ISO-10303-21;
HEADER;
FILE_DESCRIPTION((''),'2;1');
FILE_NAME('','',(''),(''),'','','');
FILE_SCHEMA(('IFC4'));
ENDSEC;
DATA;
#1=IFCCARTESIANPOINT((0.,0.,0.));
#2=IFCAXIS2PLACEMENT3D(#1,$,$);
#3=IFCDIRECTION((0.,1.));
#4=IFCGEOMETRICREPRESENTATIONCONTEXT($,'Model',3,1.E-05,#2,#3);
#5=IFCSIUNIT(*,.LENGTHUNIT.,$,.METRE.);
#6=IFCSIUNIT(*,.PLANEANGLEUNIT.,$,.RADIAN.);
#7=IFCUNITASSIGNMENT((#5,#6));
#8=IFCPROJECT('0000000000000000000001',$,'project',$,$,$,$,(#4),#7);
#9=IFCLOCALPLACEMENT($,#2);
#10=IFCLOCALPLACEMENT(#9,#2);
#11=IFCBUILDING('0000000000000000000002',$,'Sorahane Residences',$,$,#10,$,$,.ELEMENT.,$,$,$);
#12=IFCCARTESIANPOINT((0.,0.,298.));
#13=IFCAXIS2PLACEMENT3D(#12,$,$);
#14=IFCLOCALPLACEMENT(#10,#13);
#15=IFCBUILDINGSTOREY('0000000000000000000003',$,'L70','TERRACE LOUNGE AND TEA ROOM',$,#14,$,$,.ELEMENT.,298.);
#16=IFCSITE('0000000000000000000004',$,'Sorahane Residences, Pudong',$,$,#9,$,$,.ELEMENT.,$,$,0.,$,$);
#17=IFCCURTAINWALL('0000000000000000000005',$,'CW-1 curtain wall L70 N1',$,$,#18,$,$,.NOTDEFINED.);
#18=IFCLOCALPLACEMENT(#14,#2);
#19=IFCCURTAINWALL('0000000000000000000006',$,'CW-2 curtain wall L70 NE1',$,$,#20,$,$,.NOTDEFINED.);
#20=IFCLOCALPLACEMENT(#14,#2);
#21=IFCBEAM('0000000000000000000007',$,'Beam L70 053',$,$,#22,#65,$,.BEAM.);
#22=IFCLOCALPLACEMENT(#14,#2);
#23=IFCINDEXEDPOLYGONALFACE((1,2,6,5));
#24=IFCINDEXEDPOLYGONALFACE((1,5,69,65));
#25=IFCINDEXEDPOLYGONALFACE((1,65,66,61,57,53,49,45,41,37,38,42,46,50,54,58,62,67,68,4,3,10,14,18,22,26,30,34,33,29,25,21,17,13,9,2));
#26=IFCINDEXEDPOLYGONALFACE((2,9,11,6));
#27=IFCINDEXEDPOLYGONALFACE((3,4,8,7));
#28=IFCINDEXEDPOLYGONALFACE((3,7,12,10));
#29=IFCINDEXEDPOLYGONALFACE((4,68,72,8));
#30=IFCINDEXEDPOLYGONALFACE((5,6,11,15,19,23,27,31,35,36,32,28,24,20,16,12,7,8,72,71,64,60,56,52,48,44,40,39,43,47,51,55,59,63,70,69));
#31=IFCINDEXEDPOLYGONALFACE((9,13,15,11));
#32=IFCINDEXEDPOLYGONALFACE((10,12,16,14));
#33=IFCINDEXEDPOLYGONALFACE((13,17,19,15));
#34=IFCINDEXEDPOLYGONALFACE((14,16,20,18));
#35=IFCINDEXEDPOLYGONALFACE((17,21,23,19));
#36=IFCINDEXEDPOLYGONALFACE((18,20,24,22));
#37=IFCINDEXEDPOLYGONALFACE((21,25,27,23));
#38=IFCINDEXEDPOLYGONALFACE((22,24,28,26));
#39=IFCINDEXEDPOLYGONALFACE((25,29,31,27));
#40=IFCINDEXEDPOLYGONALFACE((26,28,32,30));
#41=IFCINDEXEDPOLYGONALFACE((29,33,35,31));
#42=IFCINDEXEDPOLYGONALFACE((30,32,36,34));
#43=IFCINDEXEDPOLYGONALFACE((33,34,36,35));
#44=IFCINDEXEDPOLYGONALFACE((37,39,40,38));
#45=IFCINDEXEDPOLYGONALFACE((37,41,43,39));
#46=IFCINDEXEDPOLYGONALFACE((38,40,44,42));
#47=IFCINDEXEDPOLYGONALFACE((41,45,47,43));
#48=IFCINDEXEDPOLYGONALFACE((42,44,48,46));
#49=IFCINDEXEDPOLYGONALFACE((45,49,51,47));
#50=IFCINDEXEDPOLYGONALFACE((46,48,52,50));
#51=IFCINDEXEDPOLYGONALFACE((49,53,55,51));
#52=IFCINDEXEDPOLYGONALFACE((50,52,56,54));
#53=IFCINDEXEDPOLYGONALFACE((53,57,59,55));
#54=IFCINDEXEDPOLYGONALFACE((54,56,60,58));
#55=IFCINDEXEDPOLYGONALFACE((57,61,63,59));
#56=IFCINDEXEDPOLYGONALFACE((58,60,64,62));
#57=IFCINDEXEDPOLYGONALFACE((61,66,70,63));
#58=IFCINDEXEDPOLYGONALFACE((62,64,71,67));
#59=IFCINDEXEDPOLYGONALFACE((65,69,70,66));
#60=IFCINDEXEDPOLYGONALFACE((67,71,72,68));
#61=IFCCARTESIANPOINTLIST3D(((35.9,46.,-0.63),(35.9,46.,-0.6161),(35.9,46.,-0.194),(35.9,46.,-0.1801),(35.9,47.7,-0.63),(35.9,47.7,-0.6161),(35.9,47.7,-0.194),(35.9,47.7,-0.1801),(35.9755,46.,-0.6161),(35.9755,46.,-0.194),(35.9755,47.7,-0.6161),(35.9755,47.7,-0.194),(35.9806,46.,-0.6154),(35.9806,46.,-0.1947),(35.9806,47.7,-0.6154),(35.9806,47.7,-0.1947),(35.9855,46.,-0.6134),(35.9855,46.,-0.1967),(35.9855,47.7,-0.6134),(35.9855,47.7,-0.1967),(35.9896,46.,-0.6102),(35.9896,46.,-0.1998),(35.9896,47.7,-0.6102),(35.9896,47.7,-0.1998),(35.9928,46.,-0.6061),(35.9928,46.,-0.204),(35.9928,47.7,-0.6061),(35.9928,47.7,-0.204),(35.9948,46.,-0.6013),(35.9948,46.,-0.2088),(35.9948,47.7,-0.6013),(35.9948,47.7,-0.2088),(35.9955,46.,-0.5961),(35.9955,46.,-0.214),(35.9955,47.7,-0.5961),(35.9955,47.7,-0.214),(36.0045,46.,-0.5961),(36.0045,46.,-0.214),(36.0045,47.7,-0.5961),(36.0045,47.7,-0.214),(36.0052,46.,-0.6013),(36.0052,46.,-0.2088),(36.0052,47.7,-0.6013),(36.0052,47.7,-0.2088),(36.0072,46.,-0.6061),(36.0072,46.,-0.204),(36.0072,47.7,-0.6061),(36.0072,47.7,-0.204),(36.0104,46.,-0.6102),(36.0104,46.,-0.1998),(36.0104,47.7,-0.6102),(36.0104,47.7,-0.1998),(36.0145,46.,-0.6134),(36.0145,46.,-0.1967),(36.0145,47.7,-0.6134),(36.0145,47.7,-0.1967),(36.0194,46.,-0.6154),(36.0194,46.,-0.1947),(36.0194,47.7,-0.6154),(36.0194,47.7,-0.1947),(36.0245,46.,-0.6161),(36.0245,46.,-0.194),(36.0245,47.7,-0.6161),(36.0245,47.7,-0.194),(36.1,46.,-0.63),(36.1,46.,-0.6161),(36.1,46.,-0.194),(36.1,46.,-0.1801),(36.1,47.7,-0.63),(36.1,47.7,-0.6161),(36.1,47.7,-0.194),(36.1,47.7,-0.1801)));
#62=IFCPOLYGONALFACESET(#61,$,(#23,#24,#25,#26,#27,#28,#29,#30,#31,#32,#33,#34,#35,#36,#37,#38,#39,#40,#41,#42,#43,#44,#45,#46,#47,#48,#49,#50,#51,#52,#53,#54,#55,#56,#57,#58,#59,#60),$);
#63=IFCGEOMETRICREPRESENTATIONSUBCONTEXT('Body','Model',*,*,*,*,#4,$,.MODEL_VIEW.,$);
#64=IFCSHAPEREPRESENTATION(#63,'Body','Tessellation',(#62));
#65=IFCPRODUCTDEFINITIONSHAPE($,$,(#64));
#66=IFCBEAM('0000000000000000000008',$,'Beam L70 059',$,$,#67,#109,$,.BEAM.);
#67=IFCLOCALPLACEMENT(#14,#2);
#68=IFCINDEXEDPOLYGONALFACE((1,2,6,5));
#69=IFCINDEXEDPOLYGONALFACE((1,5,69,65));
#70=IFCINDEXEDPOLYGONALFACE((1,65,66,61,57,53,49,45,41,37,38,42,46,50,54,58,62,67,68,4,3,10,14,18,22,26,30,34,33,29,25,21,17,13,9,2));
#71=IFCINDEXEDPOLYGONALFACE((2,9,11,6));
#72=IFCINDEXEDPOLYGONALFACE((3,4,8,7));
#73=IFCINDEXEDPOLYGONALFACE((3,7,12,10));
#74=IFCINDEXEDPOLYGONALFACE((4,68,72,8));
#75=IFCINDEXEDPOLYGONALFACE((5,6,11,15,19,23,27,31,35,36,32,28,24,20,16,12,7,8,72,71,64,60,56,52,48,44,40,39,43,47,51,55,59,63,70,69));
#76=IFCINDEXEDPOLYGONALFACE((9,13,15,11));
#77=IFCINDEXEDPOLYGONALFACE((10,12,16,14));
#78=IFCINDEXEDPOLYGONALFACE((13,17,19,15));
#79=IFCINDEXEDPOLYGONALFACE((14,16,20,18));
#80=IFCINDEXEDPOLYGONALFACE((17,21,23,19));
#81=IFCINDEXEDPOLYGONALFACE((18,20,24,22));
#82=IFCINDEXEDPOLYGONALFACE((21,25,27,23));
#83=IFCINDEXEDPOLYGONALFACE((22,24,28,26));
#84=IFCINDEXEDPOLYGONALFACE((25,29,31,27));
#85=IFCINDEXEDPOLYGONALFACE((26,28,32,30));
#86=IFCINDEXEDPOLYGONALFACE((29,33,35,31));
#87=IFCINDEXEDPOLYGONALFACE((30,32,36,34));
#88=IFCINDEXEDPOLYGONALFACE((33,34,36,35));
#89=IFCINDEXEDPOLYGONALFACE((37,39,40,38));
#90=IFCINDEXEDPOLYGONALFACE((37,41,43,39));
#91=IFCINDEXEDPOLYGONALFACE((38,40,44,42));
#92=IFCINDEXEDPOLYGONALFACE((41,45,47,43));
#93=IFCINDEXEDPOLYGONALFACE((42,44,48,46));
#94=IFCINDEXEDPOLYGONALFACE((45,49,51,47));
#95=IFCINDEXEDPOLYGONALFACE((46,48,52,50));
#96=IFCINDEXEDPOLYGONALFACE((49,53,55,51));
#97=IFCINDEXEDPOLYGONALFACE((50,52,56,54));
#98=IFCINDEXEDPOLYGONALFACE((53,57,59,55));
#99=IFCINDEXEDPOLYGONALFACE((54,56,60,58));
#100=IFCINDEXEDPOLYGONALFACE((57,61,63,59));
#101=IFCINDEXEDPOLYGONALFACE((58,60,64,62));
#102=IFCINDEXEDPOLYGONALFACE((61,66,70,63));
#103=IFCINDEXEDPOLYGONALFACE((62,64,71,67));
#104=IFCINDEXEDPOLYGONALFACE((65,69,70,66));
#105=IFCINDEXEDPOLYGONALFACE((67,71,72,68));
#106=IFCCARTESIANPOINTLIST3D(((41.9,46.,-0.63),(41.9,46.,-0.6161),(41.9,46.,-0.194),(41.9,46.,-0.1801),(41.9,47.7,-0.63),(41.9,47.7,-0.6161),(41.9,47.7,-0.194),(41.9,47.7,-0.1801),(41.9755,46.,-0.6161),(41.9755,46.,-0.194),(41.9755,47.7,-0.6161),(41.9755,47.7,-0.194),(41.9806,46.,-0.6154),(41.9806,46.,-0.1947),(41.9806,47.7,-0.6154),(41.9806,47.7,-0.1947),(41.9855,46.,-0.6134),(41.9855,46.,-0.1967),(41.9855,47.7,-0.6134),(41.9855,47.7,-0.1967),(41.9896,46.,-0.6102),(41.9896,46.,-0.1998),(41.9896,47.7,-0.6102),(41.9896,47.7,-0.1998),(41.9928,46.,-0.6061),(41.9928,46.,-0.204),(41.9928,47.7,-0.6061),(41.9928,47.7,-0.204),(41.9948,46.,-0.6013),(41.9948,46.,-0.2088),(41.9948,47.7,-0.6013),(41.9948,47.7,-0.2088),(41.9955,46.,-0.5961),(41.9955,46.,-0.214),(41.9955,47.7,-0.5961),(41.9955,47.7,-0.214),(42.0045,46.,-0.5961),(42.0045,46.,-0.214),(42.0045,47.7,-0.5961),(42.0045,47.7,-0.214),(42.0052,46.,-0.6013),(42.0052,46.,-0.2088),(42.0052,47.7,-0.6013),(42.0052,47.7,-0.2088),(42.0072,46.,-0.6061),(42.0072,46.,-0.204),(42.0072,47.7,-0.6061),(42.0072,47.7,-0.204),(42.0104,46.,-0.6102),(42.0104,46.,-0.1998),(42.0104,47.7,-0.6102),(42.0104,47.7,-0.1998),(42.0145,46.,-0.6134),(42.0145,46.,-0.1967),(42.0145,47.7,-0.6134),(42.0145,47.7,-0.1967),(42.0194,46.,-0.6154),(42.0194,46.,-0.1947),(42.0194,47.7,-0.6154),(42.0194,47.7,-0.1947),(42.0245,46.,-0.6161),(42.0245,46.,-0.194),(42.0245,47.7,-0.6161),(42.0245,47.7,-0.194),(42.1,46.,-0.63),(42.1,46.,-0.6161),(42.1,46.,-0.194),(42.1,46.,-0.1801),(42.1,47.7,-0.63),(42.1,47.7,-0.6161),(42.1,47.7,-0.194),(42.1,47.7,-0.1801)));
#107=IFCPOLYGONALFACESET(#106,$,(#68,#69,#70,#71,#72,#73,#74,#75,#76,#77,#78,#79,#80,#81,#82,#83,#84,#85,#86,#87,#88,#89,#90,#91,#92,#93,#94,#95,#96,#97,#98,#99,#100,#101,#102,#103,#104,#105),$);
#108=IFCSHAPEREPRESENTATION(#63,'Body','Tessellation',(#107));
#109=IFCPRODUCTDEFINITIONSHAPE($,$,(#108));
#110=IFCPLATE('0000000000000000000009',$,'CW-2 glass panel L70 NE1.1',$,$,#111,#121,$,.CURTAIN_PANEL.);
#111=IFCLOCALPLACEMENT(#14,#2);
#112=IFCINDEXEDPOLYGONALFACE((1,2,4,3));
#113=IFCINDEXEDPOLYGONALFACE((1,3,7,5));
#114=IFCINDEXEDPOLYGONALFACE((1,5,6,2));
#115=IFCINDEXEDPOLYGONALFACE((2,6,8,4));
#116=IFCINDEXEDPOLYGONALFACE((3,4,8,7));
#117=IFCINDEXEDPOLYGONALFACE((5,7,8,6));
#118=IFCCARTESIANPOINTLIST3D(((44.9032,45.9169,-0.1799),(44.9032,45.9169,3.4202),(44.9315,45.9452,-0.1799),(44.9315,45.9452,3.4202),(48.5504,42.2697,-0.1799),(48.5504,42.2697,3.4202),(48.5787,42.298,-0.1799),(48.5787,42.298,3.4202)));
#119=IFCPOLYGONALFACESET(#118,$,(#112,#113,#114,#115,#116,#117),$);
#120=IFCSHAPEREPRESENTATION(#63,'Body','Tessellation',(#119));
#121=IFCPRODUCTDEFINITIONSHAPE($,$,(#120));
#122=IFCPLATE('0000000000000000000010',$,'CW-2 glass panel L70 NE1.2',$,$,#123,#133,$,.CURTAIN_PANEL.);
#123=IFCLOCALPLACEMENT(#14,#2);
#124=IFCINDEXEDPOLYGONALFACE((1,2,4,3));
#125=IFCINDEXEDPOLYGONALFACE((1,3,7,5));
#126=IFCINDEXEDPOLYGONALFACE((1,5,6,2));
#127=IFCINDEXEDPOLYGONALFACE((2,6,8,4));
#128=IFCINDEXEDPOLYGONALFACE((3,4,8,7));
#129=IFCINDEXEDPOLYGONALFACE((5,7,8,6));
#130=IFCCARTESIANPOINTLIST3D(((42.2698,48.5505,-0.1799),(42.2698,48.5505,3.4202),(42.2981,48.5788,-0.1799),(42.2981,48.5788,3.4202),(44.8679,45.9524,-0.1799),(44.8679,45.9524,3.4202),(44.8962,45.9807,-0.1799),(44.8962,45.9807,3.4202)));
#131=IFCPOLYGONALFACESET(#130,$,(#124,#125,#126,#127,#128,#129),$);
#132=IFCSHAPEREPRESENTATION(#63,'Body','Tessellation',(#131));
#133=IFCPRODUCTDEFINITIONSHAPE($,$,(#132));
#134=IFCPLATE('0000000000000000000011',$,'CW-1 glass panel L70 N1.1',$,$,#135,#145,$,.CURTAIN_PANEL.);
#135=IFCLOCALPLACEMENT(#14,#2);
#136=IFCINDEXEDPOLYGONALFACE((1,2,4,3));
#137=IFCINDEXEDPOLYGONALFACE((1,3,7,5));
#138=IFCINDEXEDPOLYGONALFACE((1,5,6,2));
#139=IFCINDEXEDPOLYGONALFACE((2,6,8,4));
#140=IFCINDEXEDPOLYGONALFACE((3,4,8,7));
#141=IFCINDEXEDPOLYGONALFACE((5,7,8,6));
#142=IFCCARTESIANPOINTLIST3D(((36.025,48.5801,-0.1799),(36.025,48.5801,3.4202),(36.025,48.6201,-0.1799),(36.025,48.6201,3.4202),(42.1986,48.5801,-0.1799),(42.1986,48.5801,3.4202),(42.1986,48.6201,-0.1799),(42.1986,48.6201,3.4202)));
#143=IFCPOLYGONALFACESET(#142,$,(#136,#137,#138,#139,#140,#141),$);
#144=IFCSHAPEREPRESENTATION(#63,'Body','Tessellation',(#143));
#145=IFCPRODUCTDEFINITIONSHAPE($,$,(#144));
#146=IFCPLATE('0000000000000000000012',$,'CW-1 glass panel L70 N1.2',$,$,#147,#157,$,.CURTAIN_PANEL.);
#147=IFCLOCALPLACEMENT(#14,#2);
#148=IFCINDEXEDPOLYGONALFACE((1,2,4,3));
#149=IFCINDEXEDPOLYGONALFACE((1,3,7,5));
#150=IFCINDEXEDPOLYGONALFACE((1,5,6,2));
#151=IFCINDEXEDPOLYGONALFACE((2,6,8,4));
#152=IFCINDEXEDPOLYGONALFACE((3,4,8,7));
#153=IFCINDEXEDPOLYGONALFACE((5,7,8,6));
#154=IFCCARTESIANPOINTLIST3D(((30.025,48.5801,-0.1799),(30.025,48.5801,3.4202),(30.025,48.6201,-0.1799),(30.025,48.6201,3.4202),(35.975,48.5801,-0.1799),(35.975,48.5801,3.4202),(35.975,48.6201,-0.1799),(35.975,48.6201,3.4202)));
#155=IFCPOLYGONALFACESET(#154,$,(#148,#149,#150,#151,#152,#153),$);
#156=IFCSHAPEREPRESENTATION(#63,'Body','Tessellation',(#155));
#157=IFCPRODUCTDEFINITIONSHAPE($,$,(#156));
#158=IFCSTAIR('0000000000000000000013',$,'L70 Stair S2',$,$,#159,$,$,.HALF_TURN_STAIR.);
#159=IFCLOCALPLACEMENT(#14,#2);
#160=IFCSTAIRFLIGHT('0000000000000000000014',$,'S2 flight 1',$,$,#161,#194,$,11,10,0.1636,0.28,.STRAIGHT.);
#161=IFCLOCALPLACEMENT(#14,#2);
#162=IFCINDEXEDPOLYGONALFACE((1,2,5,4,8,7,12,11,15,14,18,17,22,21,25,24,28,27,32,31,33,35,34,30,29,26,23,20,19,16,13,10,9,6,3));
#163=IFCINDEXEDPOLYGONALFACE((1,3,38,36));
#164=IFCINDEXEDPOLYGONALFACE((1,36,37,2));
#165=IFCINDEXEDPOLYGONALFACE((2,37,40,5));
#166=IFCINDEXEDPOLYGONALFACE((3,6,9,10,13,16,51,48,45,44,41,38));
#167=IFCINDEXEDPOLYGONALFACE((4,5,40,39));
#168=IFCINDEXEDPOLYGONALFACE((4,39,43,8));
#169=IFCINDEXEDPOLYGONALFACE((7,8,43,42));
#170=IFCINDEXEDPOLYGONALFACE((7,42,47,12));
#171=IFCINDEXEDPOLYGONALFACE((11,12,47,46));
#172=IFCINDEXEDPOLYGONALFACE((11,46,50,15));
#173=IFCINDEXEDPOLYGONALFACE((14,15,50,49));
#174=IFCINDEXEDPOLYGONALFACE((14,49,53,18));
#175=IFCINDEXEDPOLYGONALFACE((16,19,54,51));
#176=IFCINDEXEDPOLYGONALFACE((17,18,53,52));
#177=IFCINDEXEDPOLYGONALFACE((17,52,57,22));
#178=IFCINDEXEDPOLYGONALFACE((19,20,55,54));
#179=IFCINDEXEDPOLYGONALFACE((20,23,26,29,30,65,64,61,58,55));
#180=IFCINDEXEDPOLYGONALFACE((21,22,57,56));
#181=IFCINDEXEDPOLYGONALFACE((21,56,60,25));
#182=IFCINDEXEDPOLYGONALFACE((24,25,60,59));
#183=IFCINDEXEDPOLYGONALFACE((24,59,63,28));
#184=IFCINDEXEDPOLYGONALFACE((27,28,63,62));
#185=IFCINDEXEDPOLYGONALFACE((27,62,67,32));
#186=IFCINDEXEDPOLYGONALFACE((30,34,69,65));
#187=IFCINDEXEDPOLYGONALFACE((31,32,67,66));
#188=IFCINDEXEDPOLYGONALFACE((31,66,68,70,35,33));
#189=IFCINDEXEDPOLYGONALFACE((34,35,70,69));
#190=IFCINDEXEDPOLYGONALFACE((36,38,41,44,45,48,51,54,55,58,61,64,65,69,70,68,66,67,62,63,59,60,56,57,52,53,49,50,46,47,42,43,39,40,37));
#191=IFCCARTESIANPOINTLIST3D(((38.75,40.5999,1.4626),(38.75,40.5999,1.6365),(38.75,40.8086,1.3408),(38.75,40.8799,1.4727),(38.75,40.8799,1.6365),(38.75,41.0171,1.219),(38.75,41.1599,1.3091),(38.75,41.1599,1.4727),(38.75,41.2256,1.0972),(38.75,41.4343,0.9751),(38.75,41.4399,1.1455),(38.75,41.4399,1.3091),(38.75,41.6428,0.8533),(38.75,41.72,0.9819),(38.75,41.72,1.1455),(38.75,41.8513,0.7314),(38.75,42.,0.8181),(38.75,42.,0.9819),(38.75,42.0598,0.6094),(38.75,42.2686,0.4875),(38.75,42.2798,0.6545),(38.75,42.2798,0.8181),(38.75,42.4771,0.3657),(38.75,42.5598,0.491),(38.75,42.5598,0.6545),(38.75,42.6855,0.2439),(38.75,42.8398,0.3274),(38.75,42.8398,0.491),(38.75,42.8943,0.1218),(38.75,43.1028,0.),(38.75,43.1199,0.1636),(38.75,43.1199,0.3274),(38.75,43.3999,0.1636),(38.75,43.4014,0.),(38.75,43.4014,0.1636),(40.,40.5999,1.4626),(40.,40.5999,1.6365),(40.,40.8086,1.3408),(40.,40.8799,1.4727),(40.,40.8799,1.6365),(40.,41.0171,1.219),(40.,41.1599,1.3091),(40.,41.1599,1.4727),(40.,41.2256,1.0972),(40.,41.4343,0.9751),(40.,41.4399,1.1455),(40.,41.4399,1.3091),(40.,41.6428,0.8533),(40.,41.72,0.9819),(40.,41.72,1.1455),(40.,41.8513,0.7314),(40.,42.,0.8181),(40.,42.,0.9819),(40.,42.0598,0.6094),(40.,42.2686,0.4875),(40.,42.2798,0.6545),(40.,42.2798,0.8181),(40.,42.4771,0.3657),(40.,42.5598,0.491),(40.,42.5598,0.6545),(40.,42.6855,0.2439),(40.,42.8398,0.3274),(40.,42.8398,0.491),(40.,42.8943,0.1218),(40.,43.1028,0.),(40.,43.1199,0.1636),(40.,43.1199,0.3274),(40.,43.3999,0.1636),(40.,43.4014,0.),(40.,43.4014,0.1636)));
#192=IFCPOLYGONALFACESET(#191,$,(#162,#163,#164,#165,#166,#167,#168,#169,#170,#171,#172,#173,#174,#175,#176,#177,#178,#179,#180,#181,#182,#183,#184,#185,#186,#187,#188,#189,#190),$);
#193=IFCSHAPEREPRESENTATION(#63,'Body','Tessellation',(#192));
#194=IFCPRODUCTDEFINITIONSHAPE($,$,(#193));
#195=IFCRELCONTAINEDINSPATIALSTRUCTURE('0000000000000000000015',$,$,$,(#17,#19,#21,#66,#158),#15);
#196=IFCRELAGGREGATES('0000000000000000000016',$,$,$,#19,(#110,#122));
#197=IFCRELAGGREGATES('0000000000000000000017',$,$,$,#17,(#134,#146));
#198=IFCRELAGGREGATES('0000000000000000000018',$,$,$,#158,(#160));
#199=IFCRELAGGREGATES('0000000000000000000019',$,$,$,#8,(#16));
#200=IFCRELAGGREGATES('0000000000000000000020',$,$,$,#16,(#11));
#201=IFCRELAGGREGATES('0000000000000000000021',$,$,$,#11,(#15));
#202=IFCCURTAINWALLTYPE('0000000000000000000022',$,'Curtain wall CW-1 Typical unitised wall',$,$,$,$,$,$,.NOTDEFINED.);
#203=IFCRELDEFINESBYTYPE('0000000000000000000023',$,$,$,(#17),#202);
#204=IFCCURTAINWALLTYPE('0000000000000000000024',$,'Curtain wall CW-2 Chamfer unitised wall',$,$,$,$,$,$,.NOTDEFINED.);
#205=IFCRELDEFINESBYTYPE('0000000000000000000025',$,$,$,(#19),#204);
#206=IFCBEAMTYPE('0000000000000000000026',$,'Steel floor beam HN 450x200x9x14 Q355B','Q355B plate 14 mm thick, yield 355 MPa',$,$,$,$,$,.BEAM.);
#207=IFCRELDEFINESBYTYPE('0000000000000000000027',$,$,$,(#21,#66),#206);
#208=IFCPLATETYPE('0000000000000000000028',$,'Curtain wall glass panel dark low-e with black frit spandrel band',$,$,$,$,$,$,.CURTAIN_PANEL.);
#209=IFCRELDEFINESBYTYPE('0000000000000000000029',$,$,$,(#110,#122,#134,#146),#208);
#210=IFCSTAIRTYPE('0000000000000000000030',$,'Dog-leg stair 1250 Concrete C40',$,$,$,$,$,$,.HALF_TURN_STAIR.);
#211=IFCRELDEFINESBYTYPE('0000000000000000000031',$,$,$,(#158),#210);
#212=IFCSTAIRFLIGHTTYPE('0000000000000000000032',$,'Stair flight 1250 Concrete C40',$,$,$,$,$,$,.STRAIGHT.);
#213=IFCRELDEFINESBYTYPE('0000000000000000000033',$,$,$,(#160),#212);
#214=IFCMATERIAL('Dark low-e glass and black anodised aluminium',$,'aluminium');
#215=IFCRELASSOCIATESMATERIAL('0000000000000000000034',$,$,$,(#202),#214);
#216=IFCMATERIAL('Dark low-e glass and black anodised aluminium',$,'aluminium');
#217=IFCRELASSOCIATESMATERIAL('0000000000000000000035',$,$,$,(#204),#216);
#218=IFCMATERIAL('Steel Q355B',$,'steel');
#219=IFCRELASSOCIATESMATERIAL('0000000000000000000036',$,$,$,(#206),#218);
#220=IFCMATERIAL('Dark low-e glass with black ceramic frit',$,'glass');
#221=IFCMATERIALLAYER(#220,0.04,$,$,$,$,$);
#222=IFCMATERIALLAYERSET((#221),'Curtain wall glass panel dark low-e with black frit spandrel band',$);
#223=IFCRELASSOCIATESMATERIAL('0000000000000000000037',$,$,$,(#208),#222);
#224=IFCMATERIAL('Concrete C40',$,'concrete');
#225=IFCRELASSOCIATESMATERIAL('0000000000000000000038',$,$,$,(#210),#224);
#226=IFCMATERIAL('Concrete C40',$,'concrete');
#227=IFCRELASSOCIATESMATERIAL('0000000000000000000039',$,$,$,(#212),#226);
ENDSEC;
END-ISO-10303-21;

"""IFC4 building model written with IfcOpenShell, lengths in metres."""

from ifc_helpers import new_model, si_unit, direction, frame, origin, origin_2d, place, context, subcontext, project, spatial, polyline, rectangle, i_section, outline, extrude, material, layer, layer_set, material_profile, profile_set, type_object, element, aggregate, save


model = new_model("IFC4")

# Units and contexts
model_context = context("Model", 3, precision=1e-05, world=origin(), true_north=direction((0.0, 1.0)))
body_context = subcontext(model_context, "Body", "Model", "MODEL_VIEW")
ifc_project = project(units=[si_unit("LENGTHUNIT", "METRE"), si_unit("PLANEANGLEUNIT", "RADIAN")], contexts=[model_context])

# Site, building, storey
site_placement = place(None, origin())
site = spatial("IfcSite", under=ifc_project, at=site_placement, Name="Sorahane Residences, Pudong", CompositionType="ELEMENT", RefElevation=0.0)
building_placement = place(site_placement, origin())
building = spatial("IfcBuilding", under=site, at=building_placement, Name="Sorahane Residences", CompositionType="ELEMENT")
storey_placement = place(building_placement, frame((0.0, 0.0, 298.0)))
storey = spatial("IfcBuildingStorey", under=building, at=storey_placement, Name="L70", Description="TERRACE LOUNGE AND TEA ROOM", CompositionType="ELEMENT", Elevation=298.0)

# Curtain wall
ifc_material_1 = material(Name="Dark low-e glass and black anodised aluminium", Category="aluminium")
curtain_wall_type_1 = type_object("IfcCurtainWallType", Name="Curtain wall CW-1 Typical unitised wall", PredefinedType="NOTDEFINED", material=ifc_material_1)
curtain_wall_1_placement = place(storey_placement, origin())
curtain_wall_1 = element("IfcCurtainWall", 1, at=curtain_wall_1_placement, inside=storey, type_object=curtain_wall_type_1, Name="CW-1 curtain wall L70 N1", PredefinedType="NOTDEFINED")

# Curtain wall
ifc_material_2 = material(Name="Dark low-e glass and black anodised aluminium", Category="aluminium")
curtain_wall_type_2 = type_object("IfcCurtainWallType", Name="Curtain wall CW-2 Chamfer unitised wall", PredefinedType="NOTDEFINED", material=ifc_material_2)
curtain_wall_2_placement = place(storey_placement, origin())
curtain_wall_2 = element("IfcCurtainWall", 2, at=curtain_wall_2_placement, inside=storey, type_object=curtain_wall_type_2, Name="CW-2 curtain wall L70 NE1", PredefinedType="NOTDEFINED")

# Beams
ifc_material_3 = material(Name="Steel Q355B", Category="steel")
ifc_material_profile_1 = material_profile(ifc_material_3, i_section(OverallWidth=0.2, OverallDepth=0.45, WebThickness=0.009, FlangeThickness=0.0139, FilletRadius=0.02, at=origin_2d()), Name="HN 450x200x9x14")
ifc_profile_set_1 = profile_set([ifc_material_profile_1], Name="Steel Q355B")
beam_type = type_object("IfcBeamType", Name="Steel floor beam HN 450x200x9x14 Q355B", Description="Q355B plate 14 mm thick, yield 355 MPa", PredefinedType="BEAM", material=ifc_profile_set_1)
for number, where, z_axis, x_axis, name in (
    (3, (36.0, 46.0, -0.405), (0.0, 1.0, 0.0), (-1.0, 0.0, 0.0), "Beam L70 053"),
    (4, (42.0, 46.0, -0.405), (0.0, 1.0, 0.0), (-1.0, 0.0, 0.0), "Beam L70 059"),
):
    element("IfcBeam", number, at=place(storey_placement, frame(where, z_axis=z_axis, x_axis=x_axis)), inside=storey, type_object=beam_type, Name=name, PredefinedType="BEAM", context=body_context, shape_type="SweptSolid", body=[
        extrude(i_section(OverallWidth=0.2, OverallDepth=0.45, WebThickness=0.009, FlangeThickness=0.0139, FilletRadius=0.02, at=origin_2d()), origin(), (0.0, 0.0, 1.0), 1.7),
    ])

# Plates
ifc_material_4 = material(Name="Dark low-e glass with black ceramic frit", Category="glass")
ifc_layer_1 = layer(ifc_material_4, 0.04)
ifc_layer_set_1 = layer_set([ifc_layer_1], Name="Curtain wall glass panel dark low-e with black frit spandrel band")
plate_type = type_object("IfcPlateType", Name="Curtain wall glass panel dark low-e with black frit spandrel band", PredefinedType="CURTAIN_PANEL", material=ifc_layer_set_1)
plate_1_placement = place(storey_placement, frame((46.741, 44.1074, -0.1799), z_axis=(0.0, 0.0, 1.0), x_axis=(-0.707107, 0.707107, 0.0)))
plate_1 = element("IfcPlate", 5, at=plate_1_placement, type_object=plate_type, Name="CW-2 glass panel L70 NE1.1", PredefinedType="CURTAIN_PANEL", context=body_context, shape_type="SweptSolid", body=[
    extrude(rectangle(XDim=5.158, YDim=0.04, at=origin_2d()), origin(), (0.0, 0.0, 1.0), 3.6001),
])
plate_2_placement = place(storey_placement, frame((43.583, 47.2656, -0.1799), z_axis=(0.0, 0.0, 1.0), x_axis=(-0.707107, 0.707107, 0.0)))
plate_2 = element("IfcPlate", 6, at=plate_2_placement, type_object=plate_type, Name="CW-2 glass panel L70 NE1.2", PredefinedType="CURTAIN_PANEL", context=body_context, shape_type="SweptSolid", body=[
    extrude(rectangle(XDim=3.6743, YDim=0.04, at=origin_2d()), origin(), (0.0, 0.0, 1.0), 3.6001),
])
aggregate(curtain_wall_2, [plate_1, plate_2])
plate_3_placement = place(storey_placement, frame((39.1118, 48.6001, -0.1799), z_axis=(0.0, 0.0, 1.0), x_axis=(-1.0, 0.0, 0.0)))
plate_3 = element("IfcPlate", 7, at=plate_3_placement, type_object=plate_type, Name="CW-1 glass panel L70 N1.1", PredefinedType="CURTAIN_PANEL", context=body_context, shape_type="SweptSolid", body=[
    extrude(rectangle(XDim=6.1736, YDim=0.04, at=origin_2d()), origin(), (0.0, 0.0, 1.0), 3.6001),
])
plate_4_placement = place(storey_placement, frame((33.0, 48.6001, -0.1799), z_axis=(0.0, 0.0, 1.0), x_axis=(-1.0, 0.0, 0.0)))
plate_4 = element("IfcPlate", 8, at=plate_4_placement, type_object=plate_type, Name="CW-1 glass panel L70 N1.2", PredefinedType="CURTAIN_PANEL", context=body_context, shape_type="SweptSolid", body=[
    extrude(rectangle(XDim=5.95, YDim=0.04, at=origin_2d()), origin(), (0.0, 0.0, 1.0), 3.6001),
])
aggregate(curtain_wall_1, [plate_3, plate_4])

# Stair, stair flight
ifc_material_5 = material(Name="Concrete C40", Category="concrete")
stair_type = type_object("IfcStairType", Name="Dog-leg stair 1250 Concrete C40", PredefinedType="HALF_TURN_STAIR", material=ifc_material_5)
stair_placement = place(storey_placement, origin())
stair = element("IfcStair", 9, at=stair_placement, inside=storey, type_object=stair_type, Name="L70 Stair S2", PredefinedType="HALF_TURN_STAIR")
ifc_material_6 = material(Name="Concrete C40", Category="concrete")
stair_flight_type = type_object("IfcStairFlightType", Name="Stair flight 1250 Concrete C40", PredefinedType="STRAIGHT", material=ifc_material_6)
stair_flight_placement = place(storey_placement, frame((39.375, 43.3999, 0.0), z_axis=(0.0, 0.0, 1.0), x_axis=(0.0, -1.0, 0.0)))
stair_flight = element("IfcStairFlight", 10, at=stair_flight_placement, type_object=stair_flight_type, Name="S2 flight 1", NumberOfRisers=11, NumberOfTreads=10, PredefinedType="STRAIGHT", RiserHeight=0.1636, TreadLength=0.28, context=body_context, shape_type="SweptSolid", body=[
    extrude(outline(polyline([(-0.0015, 0.0), (-0.0015, 0.1636), (0.0, 0.1636), (0.28, 0.1636), (0.28, 0.3274), (0.5601, 0.3274), (0.5601, 0.491), (0.8401, 0.491), (0.8401, 0.6545), (1.1201, 0.6545), (1.1201, 0.8181), (1.3999, 0.8181), (1.3999, 0.9819), (1.6799, 0.9819), (1.6799, 1.1455), (1.96, 1.1455), (1.96, 1.3091), (2.24, 1.3091), (2.24, 1.4727), (2.52, 1.4727), (2.52, 1.6365), (2.8, 1.6365), (2.8, 1.8), (2.8, 1.4626), (2.5913, 1.3408), (2.3828, 1.219), (2.1743, 1.0972), (1.9656, 0.9751), (1.7571, 0.8533), (1.5486, 0.7314), (1.3401, 0.6094), (1.1313, 0.4875), (0.9229, 0.3657), (0.7144, 0.2439), (0.5056, 0.1218), (0.2971, 0.0), (-0.0015, 0.0)])), frame((0.0, 0.625, 0.0), z_axis=(0.0, -1.0, 0.0), x_axis=(1.0, 0.0, 0.0)), (0.0, 0.0, 1.0), 1.25),
])
aggregate(stair, [stair_flight])

save(model, "model.ifc")
